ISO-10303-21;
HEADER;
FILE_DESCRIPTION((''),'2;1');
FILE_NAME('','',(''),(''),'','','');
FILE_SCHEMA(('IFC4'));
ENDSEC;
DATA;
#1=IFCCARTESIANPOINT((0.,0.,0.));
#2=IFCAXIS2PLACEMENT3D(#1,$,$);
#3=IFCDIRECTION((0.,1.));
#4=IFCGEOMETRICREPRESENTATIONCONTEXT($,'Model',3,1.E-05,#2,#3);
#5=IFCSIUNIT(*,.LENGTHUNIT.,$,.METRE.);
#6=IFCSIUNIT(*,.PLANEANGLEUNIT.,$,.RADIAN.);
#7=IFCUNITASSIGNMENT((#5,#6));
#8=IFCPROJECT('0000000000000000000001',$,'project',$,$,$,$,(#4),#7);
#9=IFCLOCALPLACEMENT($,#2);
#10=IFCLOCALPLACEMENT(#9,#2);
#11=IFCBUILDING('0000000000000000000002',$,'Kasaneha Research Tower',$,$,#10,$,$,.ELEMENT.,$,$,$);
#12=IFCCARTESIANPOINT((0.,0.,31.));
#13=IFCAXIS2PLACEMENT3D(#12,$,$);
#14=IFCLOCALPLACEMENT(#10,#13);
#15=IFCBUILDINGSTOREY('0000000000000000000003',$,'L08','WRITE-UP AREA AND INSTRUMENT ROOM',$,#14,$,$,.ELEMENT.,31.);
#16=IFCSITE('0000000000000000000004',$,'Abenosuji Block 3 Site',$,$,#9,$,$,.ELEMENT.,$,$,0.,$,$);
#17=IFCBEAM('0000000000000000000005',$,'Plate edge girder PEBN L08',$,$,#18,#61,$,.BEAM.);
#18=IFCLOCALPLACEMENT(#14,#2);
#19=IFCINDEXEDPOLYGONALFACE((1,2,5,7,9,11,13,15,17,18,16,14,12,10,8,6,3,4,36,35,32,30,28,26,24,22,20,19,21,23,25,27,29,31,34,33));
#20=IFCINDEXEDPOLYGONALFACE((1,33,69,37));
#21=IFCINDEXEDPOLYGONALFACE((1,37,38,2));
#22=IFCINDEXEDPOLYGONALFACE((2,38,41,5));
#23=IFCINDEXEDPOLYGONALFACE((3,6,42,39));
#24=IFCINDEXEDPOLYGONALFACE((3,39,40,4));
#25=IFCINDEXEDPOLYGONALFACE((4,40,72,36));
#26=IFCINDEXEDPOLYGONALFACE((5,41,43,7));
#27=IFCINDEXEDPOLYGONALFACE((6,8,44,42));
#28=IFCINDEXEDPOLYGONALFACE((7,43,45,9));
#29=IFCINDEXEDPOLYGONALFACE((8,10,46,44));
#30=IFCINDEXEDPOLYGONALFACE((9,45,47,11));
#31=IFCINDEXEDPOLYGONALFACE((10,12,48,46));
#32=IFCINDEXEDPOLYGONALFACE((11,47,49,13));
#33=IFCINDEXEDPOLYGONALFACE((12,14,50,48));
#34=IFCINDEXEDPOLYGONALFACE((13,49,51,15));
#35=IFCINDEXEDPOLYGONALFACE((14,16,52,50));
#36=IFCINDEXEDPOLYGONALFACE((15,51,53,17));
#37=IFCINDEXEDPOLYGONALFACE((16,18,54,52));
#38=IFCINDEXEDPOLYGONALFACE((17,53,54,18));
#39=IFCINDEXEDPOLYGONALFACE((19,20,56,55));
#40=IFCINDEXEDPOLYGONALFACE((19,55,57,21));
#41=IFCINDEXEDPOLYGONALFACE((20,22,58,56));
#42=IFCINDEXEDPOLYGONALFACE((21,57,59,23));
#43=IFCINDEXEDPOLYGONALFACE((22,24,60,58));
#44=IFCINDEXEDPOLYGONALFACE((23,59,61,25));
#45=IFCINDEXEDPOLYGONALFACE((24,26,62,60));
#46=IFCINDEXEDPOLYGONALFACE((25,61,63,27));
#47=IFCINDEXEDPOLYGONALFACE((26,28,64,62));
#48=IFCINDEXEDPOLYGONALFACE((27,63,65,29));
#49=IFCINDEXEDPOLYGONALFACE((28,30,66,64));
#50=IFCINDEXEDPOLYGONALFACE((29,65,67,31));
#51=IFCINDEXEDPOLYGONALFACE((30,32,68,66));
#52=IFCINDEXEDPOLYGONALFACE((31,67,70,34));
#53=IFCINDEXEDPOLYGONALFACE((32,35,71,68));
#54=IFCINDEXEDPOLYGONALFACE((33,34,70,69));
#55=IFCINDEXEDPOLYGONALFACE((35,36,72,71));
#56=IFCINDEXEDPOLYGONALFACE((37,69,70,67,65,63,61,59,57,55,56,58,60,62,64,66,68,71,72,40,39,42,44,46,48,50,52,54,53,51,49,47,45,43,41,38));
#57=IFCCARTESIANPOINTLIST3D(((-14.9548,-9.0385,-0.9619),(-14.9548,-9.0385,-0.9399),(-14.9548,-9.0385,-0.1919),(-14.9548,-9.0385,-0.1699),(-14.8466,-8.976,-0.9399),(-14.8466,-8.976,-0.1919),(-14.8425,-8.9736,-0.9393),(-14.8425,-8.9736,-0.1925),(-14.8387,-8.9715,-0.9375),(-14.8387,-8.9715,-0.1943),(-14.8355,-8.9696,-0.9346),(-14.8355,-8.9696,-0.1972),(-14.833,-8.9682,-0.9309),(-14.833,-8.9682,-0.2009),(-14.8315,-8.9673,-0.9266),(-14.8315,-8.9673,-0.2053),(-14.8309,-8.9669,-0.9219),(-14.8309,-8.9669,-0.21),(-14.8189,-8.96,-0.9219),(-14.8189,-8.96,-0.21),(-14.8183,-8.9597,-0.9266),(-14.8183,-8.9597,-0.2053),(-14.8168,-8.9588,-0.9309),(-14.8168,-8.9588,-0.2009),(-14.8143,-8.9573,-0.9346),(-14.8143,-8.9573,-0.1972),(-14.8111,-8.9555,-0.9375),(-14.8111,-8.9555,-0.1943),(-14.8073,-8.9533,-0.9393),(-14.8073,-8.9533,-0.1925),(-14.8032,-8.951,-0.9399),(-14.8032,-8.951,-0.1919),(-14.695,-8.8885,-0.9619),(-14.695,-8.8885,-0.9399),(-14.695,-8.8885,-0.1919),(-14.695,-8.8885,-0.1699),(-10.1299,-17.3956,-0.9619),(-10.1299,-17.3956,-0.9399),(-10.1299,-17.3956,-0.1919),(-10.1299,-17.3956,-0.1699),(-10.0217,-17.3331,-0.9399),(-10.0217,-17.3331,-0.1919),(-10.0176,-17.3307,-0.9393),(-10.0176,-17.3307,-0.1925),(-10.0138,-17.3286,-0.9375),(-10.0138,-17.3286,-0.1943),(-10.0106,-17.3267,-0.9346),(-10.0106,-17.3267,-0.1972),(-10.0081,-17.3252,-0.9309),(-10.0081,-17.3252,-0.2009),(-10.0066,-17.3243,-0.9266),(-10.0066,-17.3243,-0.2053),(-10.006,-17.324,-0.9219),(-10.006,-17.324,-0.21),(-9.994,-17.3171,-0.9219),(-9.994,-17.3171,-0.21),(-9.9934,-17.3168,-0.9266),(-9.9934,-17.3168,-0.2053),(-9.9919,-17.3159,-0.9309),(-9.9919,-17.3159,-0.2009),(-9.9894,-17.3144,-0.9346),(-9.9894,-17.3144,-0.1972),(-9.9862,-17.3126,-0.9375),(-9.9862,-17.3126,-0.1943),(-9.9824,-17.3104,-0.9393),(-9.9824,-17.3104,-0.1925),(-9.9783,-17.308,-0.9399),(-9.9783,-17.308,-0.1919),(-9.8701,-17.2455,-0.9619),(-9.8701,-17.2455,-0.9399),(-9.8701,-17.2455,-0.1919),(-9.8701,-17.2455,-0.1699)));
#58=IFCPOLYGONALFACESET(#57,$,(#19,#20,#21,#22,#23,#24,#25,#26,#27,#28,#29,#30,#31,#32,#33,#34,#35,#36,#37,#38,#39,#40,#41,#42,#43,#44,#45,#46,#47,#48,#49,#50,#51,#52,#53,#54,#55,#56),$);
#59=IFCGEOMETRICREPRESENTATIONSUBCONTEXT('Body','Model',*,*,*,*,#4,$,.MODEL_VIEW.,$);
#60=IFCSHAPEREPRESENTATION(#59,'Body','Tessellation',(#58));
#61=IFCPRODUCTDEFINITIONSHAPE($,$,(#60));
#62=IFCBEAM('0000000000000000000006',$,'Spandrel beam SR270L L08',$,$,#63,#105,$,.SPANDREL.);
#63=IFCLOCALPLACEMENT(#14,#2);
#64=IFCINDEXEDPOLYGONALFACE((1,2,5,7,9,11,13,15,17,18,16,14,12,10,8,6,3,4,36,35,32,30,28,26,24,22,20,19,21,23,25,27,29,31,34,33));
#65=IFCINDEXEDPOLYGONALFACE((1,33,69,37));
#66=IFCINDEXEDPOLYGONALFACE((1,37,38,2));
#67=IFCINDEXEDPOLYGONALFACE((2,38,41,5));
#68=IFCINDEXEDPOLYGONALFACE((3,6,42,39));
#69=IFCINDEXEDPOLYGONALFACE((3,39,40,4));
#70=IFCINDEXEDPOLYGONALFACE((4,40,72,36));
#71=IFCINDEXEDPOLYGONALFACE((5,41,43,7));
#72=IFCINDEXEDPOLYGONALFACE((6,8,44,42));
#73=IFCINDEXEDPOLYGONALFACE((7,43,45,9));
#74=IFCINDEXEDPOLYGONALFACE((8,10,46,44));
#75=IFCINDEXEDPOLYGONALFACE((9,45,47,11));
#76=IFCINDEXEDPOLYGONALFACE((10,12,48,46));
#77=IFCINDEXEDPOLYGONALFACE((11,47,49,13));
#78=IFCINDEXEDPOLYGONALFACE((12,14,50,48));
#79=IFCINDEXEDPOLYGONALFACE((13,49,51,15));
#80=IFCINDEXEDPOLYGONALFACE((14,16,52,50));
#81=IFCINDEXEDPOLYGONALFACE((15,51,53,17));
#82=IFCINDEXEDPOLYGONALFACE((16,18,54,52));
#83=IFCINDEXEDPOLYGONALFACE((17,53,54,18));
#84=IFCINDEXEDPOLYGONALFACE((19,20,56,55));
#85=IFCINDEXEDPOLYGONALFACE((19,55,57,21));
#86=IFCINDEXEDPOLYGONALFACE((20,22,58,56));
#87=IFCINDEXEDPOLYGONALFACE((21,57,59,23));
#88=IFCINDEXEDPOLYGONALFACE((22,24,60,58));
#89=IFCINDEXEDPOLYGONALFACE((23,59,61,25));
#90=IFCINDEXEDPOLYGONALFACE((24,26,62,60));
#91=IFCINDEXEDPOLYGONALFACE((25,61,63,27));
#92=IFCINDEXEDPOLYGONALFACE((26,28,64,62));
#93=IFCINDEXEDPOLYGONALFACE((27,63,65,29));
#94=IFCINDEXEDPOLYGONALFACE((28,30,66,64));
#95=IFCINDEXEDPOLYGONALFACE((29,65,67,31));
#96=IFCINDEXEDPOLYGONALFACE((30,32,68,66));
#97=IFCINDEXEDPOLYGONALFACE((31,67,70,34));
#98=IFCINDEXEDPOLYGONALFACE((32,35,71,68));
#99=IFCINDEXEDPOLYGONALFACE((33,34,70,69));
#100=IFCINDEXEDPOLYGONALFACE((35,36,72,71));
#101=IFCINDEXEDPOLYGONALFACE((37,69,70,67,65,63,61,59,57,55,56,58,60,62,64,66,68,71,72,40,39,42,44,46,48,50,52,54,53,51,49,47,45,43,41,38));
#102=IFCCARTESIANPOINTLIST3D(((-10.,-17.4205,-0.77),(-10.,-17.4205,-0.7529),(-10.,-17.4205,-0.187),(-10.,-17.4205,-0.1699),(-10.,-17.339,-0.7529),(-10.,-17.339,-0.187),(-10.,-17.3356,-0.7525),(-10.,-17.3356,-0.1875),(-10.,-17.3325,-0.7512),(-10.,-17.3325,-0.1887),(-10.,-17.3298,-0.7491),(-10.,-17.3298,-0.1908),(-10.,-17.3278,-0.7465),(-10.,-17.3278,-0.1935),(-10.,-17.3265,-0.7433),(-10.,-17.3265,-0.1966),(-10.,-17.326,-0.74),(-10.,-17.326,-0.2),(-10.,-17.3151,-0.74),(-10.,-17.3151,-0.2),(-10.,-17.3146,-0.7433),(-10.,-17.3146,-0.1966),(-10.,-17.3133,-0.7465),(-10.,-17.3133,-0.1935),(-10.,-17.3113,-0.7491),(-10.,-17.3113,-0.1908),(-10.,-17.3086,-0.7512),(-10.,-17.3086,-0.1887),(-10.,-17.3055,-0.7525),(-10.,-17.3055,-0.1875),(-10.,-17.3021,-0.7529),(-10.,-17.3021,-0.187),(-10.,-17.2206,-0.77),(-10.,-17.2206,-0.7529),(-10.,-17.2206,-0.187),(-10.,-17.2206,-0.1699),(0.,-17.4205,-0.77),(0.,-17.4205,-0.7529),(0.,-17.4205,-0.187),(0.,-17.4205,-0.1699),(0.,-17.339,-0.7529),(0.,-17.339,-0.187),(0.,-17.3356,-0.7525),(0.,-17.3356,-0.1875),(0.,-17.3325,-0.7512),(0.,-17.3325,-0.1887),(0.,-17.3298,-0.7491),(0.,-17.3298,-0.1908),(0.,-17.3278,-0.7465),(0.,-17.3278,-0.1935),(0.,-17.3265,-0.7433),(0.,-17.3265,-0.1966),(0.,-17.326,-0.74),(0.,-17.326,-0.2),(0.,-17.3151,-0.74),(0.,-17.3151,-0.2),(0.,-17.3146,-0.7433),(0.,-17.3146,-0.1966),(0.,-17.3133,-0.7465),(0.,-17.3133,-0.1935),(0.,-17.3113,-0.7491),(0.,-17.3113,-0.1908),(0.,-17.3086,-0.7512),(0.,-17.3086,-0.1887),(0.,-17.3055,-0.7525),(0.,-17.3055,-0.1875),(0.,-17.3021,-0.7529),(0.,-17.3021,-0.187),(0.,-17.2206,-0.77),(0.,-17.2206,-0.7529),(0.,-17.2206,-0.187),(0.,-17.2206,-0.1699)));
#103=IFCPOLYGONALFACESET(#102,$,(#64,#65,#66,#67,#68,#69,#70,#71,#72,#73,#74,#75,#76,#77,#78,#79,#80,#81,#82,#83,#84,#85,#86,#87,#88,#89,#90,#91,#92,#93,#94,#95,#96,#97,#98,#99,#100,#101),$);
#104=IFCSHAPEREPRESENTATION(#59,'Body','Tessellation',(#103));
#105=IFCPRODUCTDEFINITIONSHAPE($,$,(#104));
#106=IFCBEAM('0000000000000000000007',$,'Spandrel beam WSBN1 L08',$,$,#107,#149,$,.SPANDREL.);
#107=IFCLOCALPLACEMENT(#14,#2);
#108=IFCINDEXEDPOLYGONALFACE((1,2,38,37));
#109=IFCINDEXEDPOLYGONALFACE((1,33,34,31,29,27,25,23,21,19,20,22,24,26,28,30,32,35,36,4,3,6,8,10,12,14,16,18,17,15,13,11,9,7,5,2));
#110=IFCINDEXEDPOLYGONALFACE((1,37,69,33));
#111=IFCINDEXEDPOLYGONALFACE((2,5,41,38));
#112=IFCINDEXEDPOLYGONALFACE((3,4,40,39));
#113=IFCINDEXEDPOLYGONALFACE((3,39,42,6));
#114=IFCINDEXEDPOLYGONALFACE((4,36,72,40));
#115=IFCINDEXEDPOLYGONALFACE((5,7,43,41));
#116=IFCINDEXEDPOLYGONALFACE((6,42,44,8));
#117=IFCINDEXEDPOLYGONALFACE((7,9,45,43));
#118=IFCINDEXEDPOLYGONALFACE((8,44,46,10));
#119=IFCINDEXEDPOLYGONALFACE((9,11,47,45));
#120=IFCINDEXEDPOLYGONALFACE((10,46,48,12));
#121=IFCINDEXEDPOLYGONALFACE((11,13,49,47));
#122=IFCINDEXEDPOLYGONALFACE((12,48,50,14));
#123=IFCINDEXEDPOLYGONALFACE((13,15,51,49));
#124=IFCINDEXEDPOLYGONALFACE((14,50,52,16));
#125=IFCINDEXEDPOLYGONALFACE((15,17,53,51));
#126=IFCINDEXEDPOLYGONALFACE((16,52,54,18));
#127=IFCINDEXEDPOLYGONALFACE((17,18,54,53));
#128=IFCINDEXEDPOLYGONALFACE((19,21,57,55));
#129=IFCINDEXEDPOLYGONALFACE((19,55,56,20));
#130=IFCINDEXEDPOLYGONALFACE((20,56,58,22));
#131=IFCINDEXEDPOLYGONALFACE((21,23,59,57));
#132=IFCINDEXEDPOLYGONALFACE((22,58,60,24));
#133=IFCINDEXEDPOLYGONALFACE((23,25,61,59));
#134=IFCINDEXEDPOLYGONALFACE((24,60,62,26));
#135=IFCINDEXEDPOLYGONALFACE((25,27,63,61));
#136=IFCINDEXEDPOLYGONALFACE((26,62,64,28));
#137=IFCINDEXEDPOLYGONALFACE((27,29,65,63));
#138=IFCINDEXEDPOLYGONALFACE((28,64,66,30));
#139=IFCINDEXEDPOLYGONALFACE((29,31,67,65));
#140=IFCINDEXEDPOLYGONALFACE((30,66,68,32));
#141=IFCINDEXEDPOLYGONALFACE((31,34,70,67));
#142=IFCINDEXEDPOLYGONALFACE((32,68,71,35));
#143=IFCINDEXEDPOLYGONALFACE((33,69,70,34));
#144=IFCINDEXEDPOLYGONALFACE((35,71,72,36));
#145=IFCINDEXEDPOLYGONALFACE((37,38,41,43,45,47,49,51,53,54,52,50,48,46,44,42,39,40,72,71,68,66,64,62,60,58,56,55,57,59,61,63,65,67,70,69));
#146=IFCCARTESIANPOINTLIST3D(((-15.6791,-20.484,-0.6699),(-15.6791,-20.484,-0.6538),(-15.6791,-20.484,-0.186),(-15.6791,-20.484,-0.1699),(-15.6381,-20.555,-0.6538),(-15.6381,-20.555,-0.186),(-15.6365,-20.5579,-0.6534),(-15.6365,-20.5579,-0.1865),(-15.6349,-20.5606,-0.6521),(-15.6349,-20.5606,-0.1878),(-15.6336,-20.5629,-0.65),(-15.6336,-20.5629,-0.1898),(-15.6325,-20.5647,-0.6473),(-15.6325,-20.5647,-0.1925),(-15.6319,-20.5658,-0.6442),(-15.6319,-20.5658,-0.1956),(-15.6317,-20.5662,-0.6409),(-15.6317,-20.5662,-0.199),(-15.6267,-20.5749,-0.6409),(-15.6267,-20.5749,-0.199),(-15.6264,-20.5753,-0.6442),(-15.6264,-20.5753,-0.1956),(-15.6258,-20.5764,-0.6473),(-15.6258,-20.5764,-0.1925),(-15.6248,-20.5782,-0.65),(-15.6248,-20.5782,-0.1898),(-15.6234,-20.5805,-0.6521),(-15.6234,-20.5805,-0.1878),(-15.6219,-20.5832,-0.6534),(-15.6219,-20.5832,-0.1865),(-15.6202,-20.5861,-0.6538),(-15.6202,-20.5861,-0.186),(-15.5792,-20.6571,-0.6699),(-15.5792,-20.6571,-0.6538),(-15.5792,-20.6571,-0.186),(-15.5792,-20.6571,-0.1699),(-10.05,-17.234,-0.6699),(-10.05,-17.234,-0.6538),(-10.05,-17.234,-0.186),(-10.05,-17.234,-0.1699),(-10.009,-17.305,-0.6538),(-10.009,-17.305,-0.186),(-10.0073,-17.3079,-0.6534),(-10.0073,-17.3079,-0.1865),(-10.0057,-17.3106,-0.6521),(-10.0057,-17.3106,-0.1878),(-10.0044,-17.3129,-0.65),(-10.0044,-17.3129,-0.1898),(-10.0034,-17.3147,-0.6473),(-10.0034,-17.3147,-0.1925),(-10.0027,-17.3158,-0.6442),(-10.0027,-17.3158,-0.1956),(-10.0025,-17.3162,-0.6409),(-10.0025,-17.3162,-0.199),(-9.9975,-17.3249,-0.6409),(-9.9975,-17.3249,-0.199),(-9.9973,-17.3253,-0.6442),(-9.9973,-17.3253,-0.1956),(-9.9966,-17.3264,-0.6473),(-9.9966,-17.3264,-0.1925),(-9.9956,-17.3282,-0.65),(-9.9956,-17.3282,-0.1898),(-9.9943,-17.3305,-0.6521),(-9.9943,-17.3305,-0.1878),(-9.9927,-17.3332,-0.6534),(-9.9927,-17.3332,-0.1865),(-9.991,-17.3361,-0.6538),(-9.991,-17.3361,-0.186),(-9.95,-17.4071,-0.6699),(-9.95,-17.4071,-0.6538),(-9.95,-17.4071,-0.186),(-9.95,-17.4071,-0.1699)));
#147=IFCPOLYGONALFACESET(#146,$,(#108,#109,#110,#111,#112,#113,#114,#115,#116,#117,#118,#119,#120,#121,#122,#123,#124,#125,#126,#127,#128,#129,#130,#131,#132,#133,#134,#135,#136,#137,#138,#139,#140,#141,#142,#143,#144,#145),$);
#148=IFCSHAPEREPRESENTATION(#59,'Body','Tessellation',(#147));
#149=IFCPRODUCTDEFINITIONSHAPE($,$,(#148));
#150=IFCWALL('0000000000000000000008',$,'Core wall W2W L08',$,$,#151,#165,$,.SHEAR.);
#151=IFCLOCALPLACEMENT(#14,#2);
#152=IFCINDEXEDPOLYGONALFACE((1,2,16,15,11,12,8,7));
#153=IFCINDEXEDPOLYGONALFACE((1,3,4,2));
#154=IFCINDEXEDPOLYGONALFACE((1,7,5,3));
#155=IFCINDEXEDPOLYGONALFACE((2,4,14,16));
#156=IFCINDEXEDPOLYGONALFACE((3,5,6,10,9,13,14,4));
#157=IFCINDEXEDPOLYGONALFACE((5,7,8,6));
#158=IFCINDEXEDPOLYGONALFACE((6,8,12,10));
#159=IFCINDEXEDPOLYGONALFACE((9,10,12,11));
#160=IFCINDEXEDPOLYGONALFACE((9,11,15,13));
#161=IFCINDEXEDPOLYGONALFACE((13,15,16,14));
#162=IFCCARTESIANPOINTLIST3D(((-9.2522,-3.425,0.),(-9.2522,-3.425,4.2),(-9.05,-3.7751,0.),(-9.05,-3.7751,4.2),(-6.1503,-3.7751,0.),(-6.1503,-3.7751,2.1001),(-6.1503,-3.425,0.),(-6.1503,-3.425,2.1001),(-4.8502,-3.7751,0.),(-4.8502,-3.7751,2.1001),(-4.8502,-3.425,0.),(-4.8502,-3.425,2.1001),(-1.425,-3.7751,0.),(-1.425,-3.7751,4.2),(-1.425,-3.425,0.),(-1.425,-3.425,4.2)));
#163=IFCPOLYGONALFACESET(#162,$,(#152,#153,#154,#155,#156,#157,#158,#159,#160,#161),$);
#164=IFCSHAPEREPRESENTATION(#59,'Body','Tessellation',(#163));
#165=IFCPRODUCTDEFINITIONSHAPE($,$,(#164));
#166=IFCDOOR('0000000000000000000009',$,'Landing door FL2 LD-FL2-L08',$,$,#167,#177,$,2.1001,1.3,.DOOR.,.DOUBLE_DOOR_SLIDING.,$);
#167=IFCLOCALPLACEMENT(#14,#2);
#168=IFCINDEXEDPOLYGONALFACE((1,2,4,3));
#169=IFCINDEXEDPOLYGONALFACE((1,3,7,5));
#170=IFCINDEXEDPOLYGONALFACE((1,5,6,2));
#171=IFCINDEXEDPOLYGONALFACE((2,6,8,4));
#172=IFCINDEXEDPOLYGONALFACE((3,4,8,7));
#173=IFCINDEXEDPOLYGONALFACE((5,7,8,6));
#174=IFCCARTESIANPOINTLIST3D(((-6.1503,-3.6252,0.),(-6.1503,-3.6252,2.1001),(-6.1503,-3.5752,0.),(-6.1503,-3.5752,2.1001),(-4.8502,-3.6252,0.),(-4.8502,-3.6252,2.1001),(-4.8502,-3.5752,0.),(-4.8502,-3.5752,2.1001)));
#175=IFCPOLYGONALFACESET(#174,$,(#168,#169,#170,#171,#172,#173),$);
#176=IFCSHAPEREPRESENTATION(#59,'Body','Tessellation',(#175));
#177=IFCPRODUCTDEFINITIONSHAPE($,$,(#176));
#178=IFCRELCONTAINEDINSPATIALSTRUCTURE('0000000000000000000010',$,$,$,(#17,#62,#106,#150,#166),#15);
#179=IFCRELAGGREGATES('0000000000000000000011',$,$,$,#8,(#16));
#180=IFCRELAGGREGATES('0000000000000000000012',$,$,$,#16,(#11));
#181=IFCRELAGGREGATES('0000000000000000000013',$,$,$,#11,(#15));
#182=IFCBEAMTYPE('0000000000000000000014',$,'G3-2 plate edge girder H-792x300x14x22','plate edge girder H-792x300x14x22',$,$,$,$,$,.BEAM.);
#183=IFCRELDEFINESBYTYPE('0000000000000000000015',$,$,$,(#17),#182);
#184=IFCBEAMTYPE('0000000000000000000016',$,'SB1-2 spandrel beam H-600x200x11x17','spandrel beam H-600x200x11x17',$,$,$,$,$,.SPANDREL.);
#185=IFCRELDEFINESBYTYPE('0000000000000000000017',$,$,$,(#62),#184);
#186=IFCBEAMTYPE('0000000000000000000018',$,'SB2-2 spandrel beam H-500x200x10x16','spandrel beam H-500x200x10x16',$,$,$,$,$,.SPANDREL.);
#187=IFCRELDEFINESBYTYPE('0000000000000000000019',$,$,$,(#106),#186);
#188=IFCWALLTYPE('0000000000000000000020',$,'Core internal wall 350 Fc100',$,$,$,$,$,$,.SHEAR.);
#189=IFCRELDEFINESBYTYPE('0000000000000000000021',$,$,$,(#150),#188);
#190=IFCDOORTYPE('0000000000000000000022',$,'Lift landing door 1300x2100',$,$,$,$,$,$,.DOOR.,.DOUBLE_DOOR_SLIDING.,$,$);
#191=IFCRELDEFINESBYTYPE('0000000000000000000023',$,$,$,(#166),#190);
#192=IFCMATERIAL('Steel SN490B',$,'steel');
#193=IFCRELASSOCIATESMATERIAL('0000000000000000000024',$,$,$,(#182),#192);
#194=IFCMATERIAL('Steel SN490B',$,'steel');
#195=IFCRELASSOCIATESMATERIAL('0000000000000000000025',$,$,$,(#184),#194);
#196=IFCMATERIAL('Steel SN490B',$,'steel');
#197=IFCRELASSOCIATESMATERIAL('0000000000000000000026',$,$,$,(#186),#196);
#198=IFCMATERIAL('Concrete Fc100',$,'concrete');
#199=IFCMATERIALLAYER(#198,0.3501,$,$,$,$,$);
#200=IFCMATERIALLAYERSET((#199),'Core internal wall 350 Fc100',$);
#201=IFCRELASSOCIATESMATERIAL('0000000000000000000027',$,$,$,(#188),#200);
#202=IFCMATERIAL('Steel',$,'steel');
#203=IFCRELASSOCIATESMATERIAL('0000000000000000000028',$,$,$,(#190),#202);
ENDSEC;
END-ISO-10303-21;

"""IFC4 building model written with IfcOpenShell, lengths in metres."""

from ifc_helpers import new_model, si_unit, direction, frame, frame_2d, origin, origin_2d, place, context, subcontext, project, spatial, polyline, rectangle, i_section, outline, extrude, material, layer, layer_set, material_profile, profile_set, type_object, element, fill, save


model = new_model("IFC4")

# Units and contexts
model_context = context("Model", 3, precision=1e-05, world=origin(), true_north=direction((0.0, 1.0)))
body_context = subcontext(model_context, "Body", "Model", "MODEL_VIEW")
ifc_project = project(units=[si_unit("LENGTHUNIT", "METRE"), si_unit("PLANEANGLEUNIT", "RADIAN")], contexts=[model_context])

# Site, building, storey
site_placement = place(None, origin())
site = spatial("IfcSite", under=ifc_project, at=site_placement, Name="Abenosuji Block 3 Site", CompositionType="ELEMENT", RefElevation=0.0)
building_placement = place(site_placement, origin())
building = spatial("IfcBuilding", under=site, at=building_placement, Name="Kasaneha Research Tower", CompositionType="ELEMENT")
storey_placement = place(building_placement, frame((0.0, 0.0, 31.0)))
storey = spatial("IfcBuildingStorey", under=building, at=storey_placement, Name="L08", Description="WRITE-UP AREA AND INSTRUMENT ROOM", CompositionType="ELEMENT", Elevation=31.0)

# Beams
ifc_material_1 = material(Name="Steel SN490B", Category="steel")
ifc_material_profile_1 = material_profile(ifc_material_1, i_section(OverallWidth=0.3, OverallDepth=0.792, WebThickness=0.0139, FlangeThickness=0.022, FilletRadius=0.0181, at=origin_2d()), Name="H-792x300x14x22")
ifc_profile_set_1 = profile_set([ifc_material_profile_1], Name="Steel SN490B")
beam_type_1 = type_object("IfcBeamType", Name="G3-2 plate edge girder H-792x300x14x22", Description="plate edge girder H-792x300x14x22", PredefinedType="BEAM", material=ifc_profile_set_1)
beam_1_placement = place(storey_placement, frame((-10.0, -17.3206, -0.5659), z_axis=(-0.499995, 0.866028, 0.0), x_axis=(-0.866028, -0.499995, 0.0)))
element("IfcBeam", 1, at=beam_1_placement, inside=storey, type_object=beam_type_1, Name="Plate edge girder PEBN L08", PredefinedType="BEAM", context=body_context, shape_type="SweptSolid", body=[
    extrude(i_section(OverallWidth=0.3, OverallDepth=0.792, WebThickness=0.0139, FlangeThickness=0.022, FilletRadius=0.0181, at=origin_2d()), origin(), (0.0, 0.0, 1.0), 9.6499),
])
ifc_material_2 = material(Name="Steel SN490B", Category="steel")
ifc_material_profile_2 = material_profile(ifc_material_2, i_section(OverallWidth=0.2, OverallDepth=0.6001, WebThickness=0.011, FlangeThickness=0.0171, FilletRadius=0.0129, at=origin_2d()), Name="H-600x200x11x17")
ifc_profile_set_2 = profile_set([ifc_material_profile_2], Name="Steel SN490B")
beam_type_2 = type_object("IfcBeamType", Name="SB1-2 spandrel beam H-600x200x11x17", Description="spandrel beam H-600x200x11x17", PredefinedType="SPANDREL", material=ifc_profile_set_2)
beam_2_placement = place(storey_placement, frame((-10.0, -17.3206, -0.47), z_axis=(1.0, 0.0, 0.0), x_axis=(0.0, 1.0, 0.0)))
element("IfcBeam", 2, at=beam_2_placement, inside=storey, type_object=beam_type_2, Name="Spandrel beam SR270L L08", PredefinedType="SPANDREL", context=body_context, shape_type="SweptSolid", body=[
    extrude(i_section(OverallWidth=0.2, OverallDepth=0.6001, WebThickness=0.011, FlangeThickness=0.0171, FilletRadius=0.0129, at=origin_2d()), origin(), (0.0, 0.0, 1.0), 10.0),
])
ifc_material_3 = material(Name="Steel SN490B", Category="steel")
ifc_material_profile_3 = material_profile(ifc_material_3, i_section(OverallWidth=0.2, OverallDepth=0.5, WebThickness=0.01, FlangeThickness=0.0161, FilletRadius=0.0129, at=origin_2d()), Name="H-500x200x10x16")
ifc_profile_set_3 = profile_set([ifc_material_profile_3], Name="Steel SN490B")
beam_type_3 = type_object("IfcBeamType", Name="SB2-2 spandrel beam H-500x200x10x16", Description="spandrel beam H-500x200x10x16", PredefinedType="SPANDREL", material=ifc_profile_set_3)
beam_3_placement = place(storey_placement, frame((-10.0, -17.3206, -0.4199), z_axis=(-0.866025, -0.500001, 0.0), x_axis=(0.500001, -0.866025, 0.0)))
element("IfcBeam", 3, at=beam_3_placement, inside=storey, type_object=beam_type_3, Name="Spandrel beam WSBN1 L08", PredefinedType="SPANDREL", context=body_context, shape_type="SweptSolid", body=[
    extrude(i_section(OverallWidth=0.2, OverallDepth=0.5, WebThickness=0.01, FlangeThickness=0.0161, FilletRadius=0.0129, at=origin_2d()), origin(), (0.0, 0.0, 1.0), 6.5),
])

# Wall, opening, door
ifc_material_4 = material(Name="Concrete Fc100", Category="concrete")
ifc_layer_1 = layer(ifc_material_4, 0.3501)
ifc_layer_set_1 = layer_set([ifc_layer_1], Name="Core internal wall 350 Fc100")
wall_type_1 = type_object("IfcWallType", Name="Core internal wall 350 Fc100", PredefinedType="SHEAR", material=ifc_layer_set_1)
wall_1_placement = place(storey_placement, frame((-9.1511, -3.6001, 0.0), z_axis=(0.0, 0.0, 1.0), x_axis=(1.0, 0.0, 0.0)))
wall_1 = element("IfcWall", 4, at=wall_1_placement, inside=storey, type_object=wall_type_1, Name="Core wall W2W L08", PredefinedType="SHEAR", context=body_context, shape_type="SweptSolid", body=[
    extrude(outline(polyline([(0.1011, -0.175), (3.001, -0.175), (4.301, -0.175), (7.7261, -0.175), (7.7261, 0.175), (4.301, 0.175), (3.001, 0.175), (-0.1011, 0.175), (0.1011, -0.175)])), origin(), (0.0, 0.0, 1.0), 4.2),
])
opening_1_placement = place(wall_1_placement, frame((3.001, 0.0, 0.0)))
opening_1 = element("IfcOpeningElement", 5, at=opening_1_placement, cuts=wall_1, PredefinedType="OPENING", context=body_context, shape_type="SweptSolid", body=[
    extrude(rectangle(XDim=1.3, YDim=2.1001, at=frame_2d((0.6499, 1.05))), frame((0.0, 0.1851, 0.0), z_axis=(0.0, -1.0, 0.0), x_axis=(1.0, 0.0, 0.0)), (0.0, 0.0, 1.0), 0.3701),
])
ifc_material_5 = material(Name="Steel", Category="steel")
door_type_1 = type_object("IfcDoorType", Name="Lift landing door 1300x2100", OperationType="DOUBLE_DOOR_SLIDING", PredefinedType="DOOR", material=ifc_material_5)
door_1_placement = place(opening_1_placement, origin())
door_1 = element("IfcDoor", 6, at=door_1_placement, inside=storey, type_object=door_type_1, Name="Landing door FL2 LD-FL2-L08", OperationType="DOUBLE_DOOR_SLIDING", OverallHeight=2.1001, OverallWidth=1.3, PredefinedType="DOOR", context=body_context, shape_type="SweptSolid", body=[
    extrude(rectangle(XDim=1.3, YDim=2.1001, at=frame_2d((0.6499, 1.05))), frame((0.0, 0.0249, 0.0), z_axis=(0.0, -1.0, 0.0), x_axis=(1.0, 0.0, 0.0)), (0.0, 0.0, 1.0), 0.05),
])
fill(opening_1, door_1)

save(model, "model.ifc")
